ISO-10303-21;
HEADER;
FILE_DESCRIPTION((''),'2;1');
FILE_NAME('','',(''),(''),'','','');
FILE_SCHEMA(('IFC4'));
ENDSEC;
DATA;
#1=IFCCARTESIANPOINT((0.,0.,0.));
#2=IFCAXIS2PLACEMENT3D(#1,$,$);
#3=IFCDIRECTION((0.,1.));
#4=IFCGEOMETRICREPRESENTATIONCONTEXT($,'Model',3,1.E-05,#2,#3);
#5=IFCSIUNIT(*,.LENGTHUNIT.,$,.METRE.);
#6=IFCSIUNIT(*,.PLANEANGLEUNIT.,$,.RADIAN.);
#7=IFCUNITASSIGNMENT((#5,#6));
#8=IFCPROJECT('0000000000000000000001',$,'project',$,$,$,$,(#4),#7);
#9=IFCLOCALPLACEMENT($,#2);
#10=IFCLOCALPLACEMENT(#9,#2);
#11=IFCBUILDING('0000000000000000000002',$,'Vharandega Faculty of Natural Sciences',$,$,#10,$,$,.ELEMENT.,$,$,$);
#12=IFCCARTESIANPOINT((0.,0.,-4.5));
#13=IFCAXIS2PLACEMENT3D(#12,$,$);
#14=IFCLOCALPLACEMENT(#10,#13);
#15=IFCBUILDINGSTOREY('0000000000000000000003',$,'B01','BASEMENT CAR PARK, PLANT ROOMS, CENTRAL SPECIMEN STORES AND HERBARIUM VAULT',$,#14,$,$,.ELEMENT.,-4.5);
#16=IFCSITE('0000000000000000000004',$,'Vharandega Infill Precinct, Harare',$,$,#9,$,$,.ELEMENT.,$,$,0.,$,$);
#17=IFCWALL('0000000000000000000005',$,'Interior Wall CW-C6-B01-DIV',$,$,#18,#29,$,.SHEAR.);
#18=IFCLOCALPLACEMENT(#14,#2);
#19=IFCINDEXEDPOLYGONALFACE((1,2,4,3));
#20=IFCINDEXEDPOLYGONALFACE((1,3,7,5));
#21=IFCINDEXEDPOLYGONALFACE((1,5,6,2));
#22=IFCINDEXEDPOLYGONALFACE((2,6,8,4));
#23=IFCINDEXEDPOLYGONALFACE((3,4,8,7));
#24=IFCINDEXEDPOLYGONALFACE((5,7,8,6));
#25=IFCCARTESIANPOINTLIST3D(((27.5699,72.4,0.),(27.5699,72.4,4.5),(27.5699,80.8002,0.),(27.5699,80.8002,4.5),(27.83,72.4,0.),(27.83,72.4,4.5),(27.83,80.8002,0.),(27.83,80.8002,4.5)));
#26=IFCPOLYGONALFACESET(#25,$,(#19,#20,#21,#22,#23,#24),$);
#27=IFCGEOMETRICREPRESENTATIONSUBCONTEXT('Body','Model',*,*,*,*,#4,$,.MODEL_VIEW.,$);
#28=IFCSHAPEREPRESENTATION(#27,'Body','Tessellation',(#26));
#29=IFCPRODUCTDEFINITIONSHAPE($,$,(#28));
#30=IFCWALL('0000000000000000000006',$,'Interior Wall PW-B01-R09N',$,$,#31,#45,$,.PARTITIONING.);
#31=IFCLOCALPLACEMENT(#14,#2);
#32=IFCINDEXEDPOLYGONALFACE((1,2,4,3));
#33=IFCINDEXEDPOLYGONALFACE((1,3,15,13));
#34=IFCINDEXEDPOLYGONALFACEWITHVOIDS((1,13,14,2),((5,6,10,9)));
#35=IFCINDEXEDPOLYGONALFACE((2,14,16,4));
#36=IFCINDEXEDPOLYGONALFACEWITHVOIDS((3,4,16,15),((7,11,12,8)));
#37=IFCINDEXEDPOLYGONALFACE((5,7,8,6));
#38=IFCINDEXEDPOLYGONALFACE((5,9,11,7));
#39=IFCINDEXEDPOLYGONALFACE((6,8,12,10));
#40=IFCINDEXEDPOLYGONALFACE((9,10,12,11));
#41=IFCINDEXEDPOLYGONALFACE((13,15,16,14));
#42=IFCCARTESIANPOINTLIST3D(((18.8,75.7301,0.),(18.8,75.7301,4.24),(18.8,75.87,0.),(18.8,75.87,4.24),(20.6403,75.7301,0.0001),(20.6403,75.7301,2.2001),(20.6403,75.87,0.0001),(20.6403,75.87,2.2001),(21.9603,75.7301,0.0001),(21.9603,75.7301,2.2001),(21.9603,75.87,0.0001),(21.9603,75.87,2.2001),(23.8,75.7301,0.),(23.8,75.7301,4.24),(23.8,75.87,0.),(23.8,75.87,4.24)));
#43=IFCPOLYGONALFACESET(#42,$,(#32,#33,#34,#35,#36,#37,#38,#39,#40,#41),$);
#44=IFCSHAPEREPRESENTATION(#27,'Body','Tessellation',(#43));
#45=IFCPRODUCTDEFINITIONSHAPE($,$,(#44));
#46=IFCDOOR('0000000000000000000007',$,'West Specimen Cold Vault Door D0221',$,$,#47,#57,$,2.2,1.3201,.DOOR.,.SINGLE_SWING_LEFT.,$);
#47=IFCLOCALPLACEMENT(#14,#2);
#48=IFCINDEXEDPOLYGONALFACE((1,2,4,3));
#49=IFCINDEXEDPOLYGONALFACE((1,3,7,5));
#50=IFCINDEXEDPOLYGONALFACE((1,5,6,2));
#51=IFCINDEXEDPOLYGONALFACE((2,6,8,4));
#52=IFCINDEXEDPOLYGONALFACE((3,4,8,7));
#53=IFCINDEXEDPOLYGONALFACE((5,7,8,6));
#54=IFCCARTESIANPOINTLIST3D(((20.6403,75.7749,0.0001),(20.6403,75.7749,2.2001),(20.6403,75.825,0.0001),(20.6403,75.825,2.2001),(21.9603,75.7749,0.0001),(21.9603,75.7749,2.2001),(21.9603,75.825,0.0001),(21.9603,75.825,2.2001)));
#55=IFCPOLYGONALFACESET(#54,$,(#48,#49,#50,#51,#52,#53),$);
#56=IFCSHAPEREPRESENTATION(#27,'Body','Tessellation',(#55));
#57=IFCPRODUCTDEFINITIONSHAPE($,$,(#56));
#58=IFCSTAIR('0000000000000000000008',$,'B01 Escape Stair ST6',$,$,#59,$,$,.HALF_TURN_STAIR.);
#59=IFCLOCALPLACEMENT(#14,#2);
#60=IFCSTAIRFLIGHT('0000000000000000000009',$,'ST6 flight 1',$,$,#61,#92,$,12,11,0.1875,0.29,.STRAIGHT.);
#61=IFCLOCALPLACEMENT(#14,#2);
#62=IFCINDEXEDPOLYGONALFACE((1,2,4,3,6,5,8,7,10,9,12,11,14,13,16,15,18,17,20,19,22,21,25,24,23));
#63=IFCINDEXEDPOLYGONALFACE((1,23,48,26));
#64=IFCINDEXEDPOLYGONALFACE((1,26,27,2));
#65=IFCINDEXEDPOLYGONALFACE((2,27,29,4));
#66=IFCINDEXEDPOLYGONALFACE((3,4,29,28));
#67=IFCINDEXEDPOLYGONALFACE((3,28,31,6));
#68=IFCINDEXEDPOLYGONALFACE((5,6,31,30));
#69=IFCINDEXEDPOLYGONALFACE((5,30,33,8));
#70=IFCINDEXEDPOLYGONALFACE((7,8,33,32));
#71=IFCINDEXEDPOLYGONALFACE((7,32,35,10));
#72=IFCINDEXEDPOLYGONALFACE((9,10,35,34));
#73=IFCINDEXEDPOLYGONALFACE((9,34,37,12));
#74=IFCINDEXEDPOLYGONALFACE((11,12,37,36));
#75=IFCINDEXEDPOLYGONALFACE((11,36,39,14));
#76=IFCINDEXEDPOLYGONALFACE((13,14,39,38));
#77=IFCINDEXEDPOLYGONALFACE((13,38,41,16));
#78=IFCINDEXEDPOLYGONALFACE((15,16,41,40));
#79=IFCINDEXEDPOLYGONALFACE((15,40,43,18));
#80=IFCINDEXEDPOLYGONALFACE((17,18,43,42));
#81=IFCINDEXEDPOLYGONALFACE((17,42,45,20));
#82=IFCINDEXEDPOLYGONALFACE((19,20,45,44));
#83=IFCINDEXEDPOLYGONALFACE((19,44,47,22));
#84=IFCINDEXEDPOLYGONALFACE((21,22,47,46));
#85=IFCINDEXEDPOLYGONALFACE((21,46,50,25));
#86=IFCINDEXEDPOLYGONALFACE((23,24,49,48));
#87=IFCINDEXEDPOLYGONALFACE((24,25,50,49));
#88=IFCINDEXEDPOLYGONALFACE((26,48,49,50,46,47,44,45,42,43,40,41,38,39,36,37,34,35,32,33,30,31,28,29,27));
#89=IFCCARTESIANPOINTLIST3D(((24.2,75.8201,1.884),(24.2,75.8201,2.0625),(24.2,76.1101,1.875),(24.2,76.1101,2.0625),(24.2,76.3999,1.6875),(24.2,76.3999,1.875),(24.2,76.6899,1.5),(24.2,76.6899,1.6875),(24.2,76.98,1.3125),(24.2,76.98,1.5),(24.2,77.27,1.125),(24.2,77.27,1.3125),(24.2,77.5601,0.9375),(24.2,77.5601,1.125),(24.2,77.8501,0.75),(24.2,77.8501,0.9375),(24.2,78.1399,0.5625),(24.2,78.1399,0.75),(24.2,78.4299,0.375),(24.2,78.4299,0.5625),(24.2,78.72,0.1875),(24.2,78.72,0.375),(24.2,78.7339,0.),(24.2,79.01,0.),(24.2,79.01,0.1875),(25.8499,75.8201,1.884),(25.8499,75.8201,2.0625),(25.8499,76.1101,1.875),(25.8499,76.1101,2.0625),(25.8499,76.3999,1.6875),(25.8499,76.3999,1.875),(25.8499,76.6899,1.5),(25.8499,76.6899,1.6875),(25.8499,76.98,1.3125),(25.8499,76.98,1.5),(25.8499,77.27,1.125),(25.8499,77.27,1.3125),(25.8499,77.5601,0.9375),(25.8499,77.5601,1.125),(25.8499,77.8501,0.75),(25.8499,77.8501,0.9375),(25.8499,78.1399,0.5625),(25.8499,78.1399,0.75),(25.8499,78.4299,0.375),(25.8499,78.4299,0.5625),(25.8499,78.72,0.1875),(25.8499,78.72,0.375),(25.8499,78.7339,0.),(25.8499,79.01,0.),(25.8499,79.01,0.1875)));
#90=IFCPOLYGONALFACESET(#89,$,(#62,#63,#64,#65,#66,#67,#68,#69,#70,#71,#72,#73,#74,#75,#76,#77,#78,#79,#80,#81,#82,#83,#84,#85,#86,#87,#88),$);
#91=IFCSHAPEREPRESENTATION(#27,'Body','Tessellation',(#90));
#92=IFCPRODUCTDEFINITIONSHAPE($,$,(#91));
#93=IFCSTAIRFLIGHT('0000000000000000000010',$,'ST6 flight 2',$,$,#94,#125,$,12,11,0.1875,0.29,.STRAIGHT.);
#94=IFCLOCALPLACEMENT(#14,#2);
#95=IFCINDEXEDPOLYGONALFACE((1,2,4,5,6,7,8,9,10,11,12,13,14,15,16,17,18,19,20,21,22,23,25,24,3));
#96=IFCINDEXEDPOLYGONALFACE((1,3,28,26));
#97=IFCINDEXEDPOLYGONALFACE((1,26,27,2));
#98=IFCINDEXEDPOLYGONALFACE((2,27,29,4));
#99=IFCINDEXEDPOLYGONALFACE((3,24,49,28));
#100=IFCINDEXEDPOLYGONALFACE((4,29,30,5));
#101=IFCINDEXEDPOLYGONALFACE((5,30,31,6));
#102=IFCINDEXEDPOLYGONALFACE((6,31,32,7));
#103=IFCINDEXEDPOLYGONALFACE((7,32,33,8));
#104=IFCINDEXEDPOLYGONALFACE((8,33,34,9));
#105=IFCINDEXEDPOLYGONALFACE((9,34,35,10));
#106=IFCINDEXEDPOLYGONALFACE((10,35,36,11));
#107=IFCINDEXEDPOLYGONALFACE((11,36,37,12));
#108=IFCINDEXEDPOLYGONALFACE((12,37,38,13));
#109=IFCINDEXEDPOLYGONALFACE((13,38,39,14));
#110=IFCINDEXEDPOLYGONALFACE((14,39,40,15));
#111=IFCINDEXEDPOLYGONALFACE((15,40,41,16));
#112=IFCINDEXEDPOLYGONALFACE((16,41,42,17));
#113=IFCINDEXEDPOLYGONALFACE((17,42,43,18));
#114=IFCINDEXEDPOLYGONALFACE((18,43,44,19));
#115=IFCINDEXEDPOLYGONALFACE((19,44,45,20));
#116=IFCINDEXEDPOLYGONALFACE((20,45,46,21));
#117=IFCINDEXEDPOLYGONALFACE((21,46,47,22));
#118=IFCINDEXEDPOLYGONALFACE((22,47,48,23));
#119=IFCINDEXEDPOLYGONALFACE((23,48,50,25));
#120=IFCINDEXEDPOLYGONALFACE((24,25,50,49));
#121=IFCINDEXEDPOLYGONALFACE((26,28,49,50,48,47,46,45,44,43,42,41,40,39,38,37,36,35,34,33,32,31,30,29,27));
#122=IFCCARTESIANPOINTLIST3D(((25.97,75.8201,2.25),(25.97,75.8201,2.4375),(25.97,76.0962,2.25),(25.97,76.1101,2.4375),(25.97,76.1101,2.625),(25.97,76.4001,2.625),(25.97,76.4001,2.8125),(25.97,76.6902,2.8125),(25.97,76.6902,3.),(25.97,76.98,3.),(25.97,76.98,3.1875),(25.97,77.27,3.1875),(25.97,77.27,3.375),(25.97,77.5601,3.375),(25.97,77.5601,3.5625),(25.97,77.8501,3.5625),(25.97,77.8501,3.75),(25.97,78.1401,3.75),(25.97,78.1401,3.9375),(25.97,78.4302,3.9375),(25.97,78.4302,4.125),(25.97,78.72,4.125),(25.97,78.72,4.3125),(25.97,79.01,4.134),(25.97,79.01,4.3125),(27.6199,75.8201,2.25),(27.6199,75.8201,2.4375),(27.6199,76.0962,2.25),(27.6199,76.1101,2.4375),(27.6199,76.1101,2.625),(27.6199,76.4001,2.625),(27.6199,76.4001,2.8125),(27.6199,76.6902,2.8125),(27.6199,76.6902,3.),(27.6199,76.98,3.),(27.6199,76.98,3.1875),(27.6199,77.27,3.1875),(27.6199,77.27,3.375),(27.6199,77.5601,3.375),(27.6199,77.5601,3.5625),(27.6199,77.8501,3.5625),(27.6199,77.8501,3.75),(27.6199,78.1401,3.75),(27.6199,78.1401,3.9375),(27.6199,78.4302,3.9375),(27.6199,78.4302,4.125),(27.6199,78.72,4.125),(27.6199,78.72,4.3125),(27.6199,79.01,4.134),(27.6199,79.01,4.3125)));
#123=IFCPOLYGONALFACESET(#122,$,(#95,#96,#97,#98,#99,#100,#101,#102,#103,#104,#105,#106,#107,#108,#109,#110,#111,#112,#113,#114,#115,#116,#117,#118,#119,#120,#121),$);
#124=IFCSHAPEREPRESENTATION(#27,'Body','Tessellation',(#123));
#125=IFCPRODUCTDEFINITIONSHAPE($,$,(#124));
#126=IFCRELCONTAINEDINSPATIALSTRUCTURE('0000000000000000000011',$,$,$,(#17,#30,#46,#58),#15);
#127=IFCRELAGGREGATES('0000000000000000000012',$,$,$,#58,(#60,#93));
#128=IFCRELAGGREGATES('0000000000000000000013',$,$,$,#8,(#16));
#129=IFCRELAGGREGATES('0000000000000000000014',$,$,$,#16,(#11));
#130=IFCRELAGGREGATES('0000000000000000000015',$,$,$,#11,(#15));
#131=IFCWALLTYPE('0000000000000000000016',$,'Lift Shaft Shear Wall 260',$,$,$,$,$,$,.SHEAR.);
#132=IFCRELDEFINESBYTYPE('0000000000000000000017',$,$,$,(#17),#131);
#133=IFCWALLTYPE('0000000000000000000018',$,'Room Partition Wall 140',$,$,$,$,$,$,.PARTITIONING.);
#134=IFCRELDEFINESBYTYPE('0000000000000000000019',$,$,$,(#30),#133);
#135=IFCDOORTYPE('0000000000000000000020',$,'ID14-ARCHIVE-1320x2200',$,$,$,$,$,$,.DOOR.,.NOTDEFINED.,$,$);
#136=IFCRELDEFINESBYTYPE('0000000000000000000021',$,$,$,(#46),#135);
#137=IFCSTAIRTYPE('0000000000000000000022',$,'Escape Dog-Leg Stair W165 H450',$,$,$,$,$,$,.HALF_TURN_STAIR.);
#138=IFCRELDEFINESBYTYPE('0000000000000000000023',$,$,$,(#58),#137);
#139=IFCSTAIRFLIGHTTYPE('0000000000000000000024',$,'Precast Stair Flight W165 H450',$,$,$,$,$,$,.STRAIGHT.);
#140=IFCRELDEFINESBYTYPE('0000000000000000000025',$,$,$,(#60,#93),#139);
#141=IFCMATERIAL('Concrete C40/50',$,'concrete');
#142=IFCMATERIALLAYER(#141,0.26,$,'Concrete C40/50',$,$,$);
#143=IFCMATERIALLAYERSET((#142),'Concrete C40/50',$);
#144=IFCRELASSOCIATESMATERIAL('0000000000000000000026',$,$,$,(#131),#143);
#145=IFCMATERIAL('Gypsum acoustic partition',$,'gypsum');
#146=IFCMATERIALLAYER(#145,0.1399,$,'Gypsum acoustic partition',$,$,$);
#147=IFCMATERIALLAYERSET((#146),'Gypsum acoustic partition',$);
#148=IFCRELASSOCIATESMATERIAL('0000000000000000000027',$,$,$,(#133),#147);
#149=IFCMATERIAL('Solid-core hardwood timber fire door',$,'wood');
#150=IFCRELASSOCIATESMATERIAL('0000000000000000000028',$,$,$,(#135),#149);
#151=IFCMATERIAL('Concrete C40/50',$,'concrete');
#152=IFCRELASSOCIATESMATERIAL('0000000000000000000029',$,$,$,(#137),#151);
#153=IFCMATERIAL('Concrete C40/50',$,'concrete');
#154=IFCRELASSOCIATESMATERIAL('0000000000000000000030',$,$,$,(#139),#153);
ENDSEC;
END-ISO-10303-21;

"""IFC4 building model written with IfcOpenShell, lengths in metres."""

from ifc_helpers import new_model, si_unit, direction, frame, frame_2d, origin, place, context, subcontext, project, spatial, polyline, rectangle, outline, extrude, material, layer, layer_set, type_object, element, fill, aggregate, save


model = new_model("IFC4")

# Units and contexts
model_context = context("Model", 3, precision=1e-05, world=origin(), true_north=direction((0.0, 1.0)))
body_context = subcontext(model_context, "Body", "Model", "MODEL_VIEW")
ifc_project = project(units=[si_unit("LENGTHUNIT", "METRE"), si_unit("PLANEANGLEUNIT", "RADIAN")], contexts=[model_context])

# Site, building, storey
site_placement = place(None, origin())
site = spatial("IfcSite", under=ifc_project, at=site_placement, Name="Vharandega Infill Precinct, Harare", CompositionType="ELEMENT", RefElevation=0.0)
building_placement = place(site_placement, origin())
building = spatial("IfcBuilding", under=site, at=building_placement, Name="Vharandega Faculty of Natural Sciences", CompositionType="ELEMENT")
storey_placement = place(building_placement, frame((0.0, 0.0, -4.5)))
storey = spatial("IfcBuildingStorey", under=building, at=storey_placement, Name="B01", Description="BASEMENT CAR PARK, PLANT ROOMS, CENTRAL SPECIMEN STORES AND HERBARIUM VAULT", CompositionType="ELEMENT", Elevation=-4.5)

# Wall
ifc_material_1 = material(Name="Concrete C40/50", Category="concrete")
ifc_layer_1 = layer(ifc_material_1, 0.26, Name="Concrete C40/50")
ifc_layer_set_1 = layer_set([ifc_layer_1], Name="Concrete C40/50")
wall_type_1 = type_object("IfcWallType", Name="Lift Shaft Shear Wall 260", PredefinedType="SHEAR", material=ifc_layer_set_1)
wall_1_placement = place(storey_placement, frame((27.7, 72.3999, 0.0), z_axis=(0.0, 0.0, 1.0), x_axis=(0.0, 1.0, 0.0)))
element("IfcWall", 1, at=wall_1_placement, inside=storey, type_object=wall_type_1, Name="Interior Wall CW-C6-B01-DIV", PredefinedType="SHEAR", context=body_context, shape_type="SweptSolid", body=[
    extrude(rectangle(XDim=8.4001, YDim=0.26, at=frame_2d((4.2002, 0.0))), origin(), (0.0, 0.0, 1.0), 4.5),
])

# Wall, opening, door
ifc_material_2 = material(Name="Gypsum acoustic partition", Category="gypsum")
ifc_layer_2 = layer(ifc_material_2, 0.1399, Name="Gypsum acoustic partition")
ifc_layer_set_2 = layer_set([ifc_layer_2], Name="Gypsum acoustic partition")
wall_type_2 = type_object("IfcWallType", Name="Room Partition Wall 140", PredefinedType="PARTITIONING", material=ifc_layer_set_2)
wall_2_placement = place(storey_placement, frame((18.8, 75.8, 0.0), z_axis=(0.0, 0.0, 1.0), x_axis=(1.0, 0.0, 0.0)))
wall_2 = element("IfcWall", 2, at=wall_2_placement, inside=storey, type_object=wall_type_2, Name="Interior Wall PW-B01-R09N", PredefinedType="PARTITIONING", context=body_context, shape_type="SweptSolid", body=[
    extrude(rectangle(XDim=5.0, YDim=0.1399, at=frame_2d((2.5, 0.0))), origin(), (0.0, 0.0, 1.0), 4.24),
])
opening_1_placement = place(wall_2_placement, frame((1.8401, 0.0, 0.0)))
opening_1 = element("IfcOpeningElement", 3, at=opening_1_placement, cuts=wall_2, PredefinedType="OPENING", context=body_context, shape_type="SweptSolid", body=[
    extrude(rectangle(XDim=1.3201, YDim=2.2, at=frame_2d((0.6602, 1.1001))), frame((0.0, 0.0801, 0.0), z_axis=(0.0, -1.0, 0.0), x_axis=(1.0, 0.0, 0.0)), (0.0, 0.0, 1.0), 0.1599),
])
ifc_material_3 = material(Name="Solid-core hardwood timber fire door", Category="wood")
door_type_1 = type_object("IfcDoorType", Name="ID14-ARCHIVE-1320x2200", OperationType="NOTDEFINED", PredefinedType="DOOR", material=ifc_material_3)
door_1_placement = place(opening_1_placement, origin())
door_1 = element("IfcDoor", 4, at=door_1_placement, inside=storey, type_object=door_type_1, Name="West Specimen Cold Vault Door D0221", OperationType="SINGLE_SWING_LEFT", OverallHeight=2.2, OverallWidth=1.3201, PredefinedType="DOOR", context=body_context, shape_type="SweptSolid", body=[
    extrude(rectangle(XDim=1.3201, YDim=2.2, at=frame_2d((0.6602, 1.1001))), frame((0.0, 0.0249, 0.0), z_axis=(0.0, -1.0, 0.0), x_axis=(1.0, 0.0, 0.0)), (0.0, 0.0, 1.0), 0.05),
])
fill(opening_1, door_1)

# Stair, stair flights
ifc_material_4 = material(Name="Concrete C40/50", Category="concrete")
stair_type = type_object("IfcStairType", Name="Escape Dog-Leg Stair W165 H450", PredefinedType="HALF_TURN_STAIR", material=ifc_material_4)
stair_placement = place(storey_placement, origin())
stair = element("IfcStair", 5, at=stair_placement, inside=storey, type_object=stair_type, Name="B01 Escape Stair ST6", PredefinedType="HALF_TURN_STAIR")
ifc_material_5 = material(Name="Concrete C40/50", Category="concrete")
stair_flight_type = type_object("IfcStairFlightType", Name="Precast Stair Flight W165 H450", PredefinedType="STRAIGHT", material=ifc_material_5)
stair_flight_1_placement = place(storey_placement, frame((25.0249, 79.01, 0.0), z_axis=(0.0, 0.0, 1.0), x_axis=(0.0, -1.0, 0.0)))
stair_flight_1 = element("IfcStairFlight", 6, at=stair_flight_1_placement, type_object=stair_flight_type, Name="ST6 flight 1", NumberOfRisers=12, NumberOfTreads=11, PredefinedType="STRAIGHT", RiserHeight=0.1875, TreadLength=0.29, context=body_context, shape_type="SweptSolid", body=[
    extrude(outline(polyline([(0.0, 0.0), (0.0, 0.1875), (0.29, 0.1875), (0.29, 0.375), (0.5801, 0.375), (0.5801, 0.5625), (0.8701, 0.5625), (0.8701, 0.75), (1.1599, 0.75), (1.1599, 0.9375), (1.45, 0.9375), (1.45, 1.125), (1.74, 1.125), (1.74, 1.3125), (2.03, 1.3125), (2.03, 1.5), (2.3201, 1.5), (2.3201, 1.6875), (2.6101, 1.6875), (2.6101, 1.875), (2.8999, 1.875), (2.8999, 2.0625), (3.1899, 2.0625), (3.1899, 2.25), (3.1899, 1.884), (0.2761, 0.0), (0.0, 0.0)])), frame((0.0, 0.825, 0.0), z_axis=(0.0, -1.0, 0.0), x_axis=(1.0, 0.0, 0.0)), (0.0, 0.0, 1.0), 1.6499),
])
stair_flight_2_placement = place(storey_placement, frame((26.7949, 75.8201, 2.25), z_axis=(0.0, 0.0, 1.0), x_axis=(0.0, 1.0, 0.0)))
stair_flight_2 = element("IfcStairFlight", 7, at=stair_flight_2_placement, type_object=stair_flight_type, Name="ST6 flight 2", NumberOfRisers=12, NumberOfTreads=11, PredefinedType="STRAIGHT", RiserHeight=0.1875, TreadLength=0.29, context=body_context, shape_type="SweptSolid", body=[
    extrude(outline(polyline([(0.0, 0.0), (0.0, 0.1875), (0.29, 0.1875), (0.29, 0.375), (0.5801, 0.375), (0.5801, 0.5625), (0.8701, 0.5625), (0.8701, 0.75), (1.1599, 0.75), (1.1599, 0.9375), (1.45, 0.9375), (1.45, 1.125), (1.74, 1.125), (1.74, 1.3125), (2.03, 1.3125), (2.03, 1.5), (2.3201, 1.5), (2.3201, 1.6875), (2.6101, 1.6875), (2.6101, 1.875), (2.8999, 1.875), (2.8999, 2.0625), (3.1899, 2.0625), (3.1899, 2.25), (3.1899, 1.884), (0.2761, 0.0), (0.0, 0.0)])), frame((0.0, 0.825, 0.0), z_axis=(0.0, -1.0, 0.0), x_axis=(1.0, 0.0, 0.0)), (0.0, 0.0, 1.0), 1.6499),
])
aggregate(stair, [stair_flight_1, stair_flight_2])

save(model, "model.ifc")
